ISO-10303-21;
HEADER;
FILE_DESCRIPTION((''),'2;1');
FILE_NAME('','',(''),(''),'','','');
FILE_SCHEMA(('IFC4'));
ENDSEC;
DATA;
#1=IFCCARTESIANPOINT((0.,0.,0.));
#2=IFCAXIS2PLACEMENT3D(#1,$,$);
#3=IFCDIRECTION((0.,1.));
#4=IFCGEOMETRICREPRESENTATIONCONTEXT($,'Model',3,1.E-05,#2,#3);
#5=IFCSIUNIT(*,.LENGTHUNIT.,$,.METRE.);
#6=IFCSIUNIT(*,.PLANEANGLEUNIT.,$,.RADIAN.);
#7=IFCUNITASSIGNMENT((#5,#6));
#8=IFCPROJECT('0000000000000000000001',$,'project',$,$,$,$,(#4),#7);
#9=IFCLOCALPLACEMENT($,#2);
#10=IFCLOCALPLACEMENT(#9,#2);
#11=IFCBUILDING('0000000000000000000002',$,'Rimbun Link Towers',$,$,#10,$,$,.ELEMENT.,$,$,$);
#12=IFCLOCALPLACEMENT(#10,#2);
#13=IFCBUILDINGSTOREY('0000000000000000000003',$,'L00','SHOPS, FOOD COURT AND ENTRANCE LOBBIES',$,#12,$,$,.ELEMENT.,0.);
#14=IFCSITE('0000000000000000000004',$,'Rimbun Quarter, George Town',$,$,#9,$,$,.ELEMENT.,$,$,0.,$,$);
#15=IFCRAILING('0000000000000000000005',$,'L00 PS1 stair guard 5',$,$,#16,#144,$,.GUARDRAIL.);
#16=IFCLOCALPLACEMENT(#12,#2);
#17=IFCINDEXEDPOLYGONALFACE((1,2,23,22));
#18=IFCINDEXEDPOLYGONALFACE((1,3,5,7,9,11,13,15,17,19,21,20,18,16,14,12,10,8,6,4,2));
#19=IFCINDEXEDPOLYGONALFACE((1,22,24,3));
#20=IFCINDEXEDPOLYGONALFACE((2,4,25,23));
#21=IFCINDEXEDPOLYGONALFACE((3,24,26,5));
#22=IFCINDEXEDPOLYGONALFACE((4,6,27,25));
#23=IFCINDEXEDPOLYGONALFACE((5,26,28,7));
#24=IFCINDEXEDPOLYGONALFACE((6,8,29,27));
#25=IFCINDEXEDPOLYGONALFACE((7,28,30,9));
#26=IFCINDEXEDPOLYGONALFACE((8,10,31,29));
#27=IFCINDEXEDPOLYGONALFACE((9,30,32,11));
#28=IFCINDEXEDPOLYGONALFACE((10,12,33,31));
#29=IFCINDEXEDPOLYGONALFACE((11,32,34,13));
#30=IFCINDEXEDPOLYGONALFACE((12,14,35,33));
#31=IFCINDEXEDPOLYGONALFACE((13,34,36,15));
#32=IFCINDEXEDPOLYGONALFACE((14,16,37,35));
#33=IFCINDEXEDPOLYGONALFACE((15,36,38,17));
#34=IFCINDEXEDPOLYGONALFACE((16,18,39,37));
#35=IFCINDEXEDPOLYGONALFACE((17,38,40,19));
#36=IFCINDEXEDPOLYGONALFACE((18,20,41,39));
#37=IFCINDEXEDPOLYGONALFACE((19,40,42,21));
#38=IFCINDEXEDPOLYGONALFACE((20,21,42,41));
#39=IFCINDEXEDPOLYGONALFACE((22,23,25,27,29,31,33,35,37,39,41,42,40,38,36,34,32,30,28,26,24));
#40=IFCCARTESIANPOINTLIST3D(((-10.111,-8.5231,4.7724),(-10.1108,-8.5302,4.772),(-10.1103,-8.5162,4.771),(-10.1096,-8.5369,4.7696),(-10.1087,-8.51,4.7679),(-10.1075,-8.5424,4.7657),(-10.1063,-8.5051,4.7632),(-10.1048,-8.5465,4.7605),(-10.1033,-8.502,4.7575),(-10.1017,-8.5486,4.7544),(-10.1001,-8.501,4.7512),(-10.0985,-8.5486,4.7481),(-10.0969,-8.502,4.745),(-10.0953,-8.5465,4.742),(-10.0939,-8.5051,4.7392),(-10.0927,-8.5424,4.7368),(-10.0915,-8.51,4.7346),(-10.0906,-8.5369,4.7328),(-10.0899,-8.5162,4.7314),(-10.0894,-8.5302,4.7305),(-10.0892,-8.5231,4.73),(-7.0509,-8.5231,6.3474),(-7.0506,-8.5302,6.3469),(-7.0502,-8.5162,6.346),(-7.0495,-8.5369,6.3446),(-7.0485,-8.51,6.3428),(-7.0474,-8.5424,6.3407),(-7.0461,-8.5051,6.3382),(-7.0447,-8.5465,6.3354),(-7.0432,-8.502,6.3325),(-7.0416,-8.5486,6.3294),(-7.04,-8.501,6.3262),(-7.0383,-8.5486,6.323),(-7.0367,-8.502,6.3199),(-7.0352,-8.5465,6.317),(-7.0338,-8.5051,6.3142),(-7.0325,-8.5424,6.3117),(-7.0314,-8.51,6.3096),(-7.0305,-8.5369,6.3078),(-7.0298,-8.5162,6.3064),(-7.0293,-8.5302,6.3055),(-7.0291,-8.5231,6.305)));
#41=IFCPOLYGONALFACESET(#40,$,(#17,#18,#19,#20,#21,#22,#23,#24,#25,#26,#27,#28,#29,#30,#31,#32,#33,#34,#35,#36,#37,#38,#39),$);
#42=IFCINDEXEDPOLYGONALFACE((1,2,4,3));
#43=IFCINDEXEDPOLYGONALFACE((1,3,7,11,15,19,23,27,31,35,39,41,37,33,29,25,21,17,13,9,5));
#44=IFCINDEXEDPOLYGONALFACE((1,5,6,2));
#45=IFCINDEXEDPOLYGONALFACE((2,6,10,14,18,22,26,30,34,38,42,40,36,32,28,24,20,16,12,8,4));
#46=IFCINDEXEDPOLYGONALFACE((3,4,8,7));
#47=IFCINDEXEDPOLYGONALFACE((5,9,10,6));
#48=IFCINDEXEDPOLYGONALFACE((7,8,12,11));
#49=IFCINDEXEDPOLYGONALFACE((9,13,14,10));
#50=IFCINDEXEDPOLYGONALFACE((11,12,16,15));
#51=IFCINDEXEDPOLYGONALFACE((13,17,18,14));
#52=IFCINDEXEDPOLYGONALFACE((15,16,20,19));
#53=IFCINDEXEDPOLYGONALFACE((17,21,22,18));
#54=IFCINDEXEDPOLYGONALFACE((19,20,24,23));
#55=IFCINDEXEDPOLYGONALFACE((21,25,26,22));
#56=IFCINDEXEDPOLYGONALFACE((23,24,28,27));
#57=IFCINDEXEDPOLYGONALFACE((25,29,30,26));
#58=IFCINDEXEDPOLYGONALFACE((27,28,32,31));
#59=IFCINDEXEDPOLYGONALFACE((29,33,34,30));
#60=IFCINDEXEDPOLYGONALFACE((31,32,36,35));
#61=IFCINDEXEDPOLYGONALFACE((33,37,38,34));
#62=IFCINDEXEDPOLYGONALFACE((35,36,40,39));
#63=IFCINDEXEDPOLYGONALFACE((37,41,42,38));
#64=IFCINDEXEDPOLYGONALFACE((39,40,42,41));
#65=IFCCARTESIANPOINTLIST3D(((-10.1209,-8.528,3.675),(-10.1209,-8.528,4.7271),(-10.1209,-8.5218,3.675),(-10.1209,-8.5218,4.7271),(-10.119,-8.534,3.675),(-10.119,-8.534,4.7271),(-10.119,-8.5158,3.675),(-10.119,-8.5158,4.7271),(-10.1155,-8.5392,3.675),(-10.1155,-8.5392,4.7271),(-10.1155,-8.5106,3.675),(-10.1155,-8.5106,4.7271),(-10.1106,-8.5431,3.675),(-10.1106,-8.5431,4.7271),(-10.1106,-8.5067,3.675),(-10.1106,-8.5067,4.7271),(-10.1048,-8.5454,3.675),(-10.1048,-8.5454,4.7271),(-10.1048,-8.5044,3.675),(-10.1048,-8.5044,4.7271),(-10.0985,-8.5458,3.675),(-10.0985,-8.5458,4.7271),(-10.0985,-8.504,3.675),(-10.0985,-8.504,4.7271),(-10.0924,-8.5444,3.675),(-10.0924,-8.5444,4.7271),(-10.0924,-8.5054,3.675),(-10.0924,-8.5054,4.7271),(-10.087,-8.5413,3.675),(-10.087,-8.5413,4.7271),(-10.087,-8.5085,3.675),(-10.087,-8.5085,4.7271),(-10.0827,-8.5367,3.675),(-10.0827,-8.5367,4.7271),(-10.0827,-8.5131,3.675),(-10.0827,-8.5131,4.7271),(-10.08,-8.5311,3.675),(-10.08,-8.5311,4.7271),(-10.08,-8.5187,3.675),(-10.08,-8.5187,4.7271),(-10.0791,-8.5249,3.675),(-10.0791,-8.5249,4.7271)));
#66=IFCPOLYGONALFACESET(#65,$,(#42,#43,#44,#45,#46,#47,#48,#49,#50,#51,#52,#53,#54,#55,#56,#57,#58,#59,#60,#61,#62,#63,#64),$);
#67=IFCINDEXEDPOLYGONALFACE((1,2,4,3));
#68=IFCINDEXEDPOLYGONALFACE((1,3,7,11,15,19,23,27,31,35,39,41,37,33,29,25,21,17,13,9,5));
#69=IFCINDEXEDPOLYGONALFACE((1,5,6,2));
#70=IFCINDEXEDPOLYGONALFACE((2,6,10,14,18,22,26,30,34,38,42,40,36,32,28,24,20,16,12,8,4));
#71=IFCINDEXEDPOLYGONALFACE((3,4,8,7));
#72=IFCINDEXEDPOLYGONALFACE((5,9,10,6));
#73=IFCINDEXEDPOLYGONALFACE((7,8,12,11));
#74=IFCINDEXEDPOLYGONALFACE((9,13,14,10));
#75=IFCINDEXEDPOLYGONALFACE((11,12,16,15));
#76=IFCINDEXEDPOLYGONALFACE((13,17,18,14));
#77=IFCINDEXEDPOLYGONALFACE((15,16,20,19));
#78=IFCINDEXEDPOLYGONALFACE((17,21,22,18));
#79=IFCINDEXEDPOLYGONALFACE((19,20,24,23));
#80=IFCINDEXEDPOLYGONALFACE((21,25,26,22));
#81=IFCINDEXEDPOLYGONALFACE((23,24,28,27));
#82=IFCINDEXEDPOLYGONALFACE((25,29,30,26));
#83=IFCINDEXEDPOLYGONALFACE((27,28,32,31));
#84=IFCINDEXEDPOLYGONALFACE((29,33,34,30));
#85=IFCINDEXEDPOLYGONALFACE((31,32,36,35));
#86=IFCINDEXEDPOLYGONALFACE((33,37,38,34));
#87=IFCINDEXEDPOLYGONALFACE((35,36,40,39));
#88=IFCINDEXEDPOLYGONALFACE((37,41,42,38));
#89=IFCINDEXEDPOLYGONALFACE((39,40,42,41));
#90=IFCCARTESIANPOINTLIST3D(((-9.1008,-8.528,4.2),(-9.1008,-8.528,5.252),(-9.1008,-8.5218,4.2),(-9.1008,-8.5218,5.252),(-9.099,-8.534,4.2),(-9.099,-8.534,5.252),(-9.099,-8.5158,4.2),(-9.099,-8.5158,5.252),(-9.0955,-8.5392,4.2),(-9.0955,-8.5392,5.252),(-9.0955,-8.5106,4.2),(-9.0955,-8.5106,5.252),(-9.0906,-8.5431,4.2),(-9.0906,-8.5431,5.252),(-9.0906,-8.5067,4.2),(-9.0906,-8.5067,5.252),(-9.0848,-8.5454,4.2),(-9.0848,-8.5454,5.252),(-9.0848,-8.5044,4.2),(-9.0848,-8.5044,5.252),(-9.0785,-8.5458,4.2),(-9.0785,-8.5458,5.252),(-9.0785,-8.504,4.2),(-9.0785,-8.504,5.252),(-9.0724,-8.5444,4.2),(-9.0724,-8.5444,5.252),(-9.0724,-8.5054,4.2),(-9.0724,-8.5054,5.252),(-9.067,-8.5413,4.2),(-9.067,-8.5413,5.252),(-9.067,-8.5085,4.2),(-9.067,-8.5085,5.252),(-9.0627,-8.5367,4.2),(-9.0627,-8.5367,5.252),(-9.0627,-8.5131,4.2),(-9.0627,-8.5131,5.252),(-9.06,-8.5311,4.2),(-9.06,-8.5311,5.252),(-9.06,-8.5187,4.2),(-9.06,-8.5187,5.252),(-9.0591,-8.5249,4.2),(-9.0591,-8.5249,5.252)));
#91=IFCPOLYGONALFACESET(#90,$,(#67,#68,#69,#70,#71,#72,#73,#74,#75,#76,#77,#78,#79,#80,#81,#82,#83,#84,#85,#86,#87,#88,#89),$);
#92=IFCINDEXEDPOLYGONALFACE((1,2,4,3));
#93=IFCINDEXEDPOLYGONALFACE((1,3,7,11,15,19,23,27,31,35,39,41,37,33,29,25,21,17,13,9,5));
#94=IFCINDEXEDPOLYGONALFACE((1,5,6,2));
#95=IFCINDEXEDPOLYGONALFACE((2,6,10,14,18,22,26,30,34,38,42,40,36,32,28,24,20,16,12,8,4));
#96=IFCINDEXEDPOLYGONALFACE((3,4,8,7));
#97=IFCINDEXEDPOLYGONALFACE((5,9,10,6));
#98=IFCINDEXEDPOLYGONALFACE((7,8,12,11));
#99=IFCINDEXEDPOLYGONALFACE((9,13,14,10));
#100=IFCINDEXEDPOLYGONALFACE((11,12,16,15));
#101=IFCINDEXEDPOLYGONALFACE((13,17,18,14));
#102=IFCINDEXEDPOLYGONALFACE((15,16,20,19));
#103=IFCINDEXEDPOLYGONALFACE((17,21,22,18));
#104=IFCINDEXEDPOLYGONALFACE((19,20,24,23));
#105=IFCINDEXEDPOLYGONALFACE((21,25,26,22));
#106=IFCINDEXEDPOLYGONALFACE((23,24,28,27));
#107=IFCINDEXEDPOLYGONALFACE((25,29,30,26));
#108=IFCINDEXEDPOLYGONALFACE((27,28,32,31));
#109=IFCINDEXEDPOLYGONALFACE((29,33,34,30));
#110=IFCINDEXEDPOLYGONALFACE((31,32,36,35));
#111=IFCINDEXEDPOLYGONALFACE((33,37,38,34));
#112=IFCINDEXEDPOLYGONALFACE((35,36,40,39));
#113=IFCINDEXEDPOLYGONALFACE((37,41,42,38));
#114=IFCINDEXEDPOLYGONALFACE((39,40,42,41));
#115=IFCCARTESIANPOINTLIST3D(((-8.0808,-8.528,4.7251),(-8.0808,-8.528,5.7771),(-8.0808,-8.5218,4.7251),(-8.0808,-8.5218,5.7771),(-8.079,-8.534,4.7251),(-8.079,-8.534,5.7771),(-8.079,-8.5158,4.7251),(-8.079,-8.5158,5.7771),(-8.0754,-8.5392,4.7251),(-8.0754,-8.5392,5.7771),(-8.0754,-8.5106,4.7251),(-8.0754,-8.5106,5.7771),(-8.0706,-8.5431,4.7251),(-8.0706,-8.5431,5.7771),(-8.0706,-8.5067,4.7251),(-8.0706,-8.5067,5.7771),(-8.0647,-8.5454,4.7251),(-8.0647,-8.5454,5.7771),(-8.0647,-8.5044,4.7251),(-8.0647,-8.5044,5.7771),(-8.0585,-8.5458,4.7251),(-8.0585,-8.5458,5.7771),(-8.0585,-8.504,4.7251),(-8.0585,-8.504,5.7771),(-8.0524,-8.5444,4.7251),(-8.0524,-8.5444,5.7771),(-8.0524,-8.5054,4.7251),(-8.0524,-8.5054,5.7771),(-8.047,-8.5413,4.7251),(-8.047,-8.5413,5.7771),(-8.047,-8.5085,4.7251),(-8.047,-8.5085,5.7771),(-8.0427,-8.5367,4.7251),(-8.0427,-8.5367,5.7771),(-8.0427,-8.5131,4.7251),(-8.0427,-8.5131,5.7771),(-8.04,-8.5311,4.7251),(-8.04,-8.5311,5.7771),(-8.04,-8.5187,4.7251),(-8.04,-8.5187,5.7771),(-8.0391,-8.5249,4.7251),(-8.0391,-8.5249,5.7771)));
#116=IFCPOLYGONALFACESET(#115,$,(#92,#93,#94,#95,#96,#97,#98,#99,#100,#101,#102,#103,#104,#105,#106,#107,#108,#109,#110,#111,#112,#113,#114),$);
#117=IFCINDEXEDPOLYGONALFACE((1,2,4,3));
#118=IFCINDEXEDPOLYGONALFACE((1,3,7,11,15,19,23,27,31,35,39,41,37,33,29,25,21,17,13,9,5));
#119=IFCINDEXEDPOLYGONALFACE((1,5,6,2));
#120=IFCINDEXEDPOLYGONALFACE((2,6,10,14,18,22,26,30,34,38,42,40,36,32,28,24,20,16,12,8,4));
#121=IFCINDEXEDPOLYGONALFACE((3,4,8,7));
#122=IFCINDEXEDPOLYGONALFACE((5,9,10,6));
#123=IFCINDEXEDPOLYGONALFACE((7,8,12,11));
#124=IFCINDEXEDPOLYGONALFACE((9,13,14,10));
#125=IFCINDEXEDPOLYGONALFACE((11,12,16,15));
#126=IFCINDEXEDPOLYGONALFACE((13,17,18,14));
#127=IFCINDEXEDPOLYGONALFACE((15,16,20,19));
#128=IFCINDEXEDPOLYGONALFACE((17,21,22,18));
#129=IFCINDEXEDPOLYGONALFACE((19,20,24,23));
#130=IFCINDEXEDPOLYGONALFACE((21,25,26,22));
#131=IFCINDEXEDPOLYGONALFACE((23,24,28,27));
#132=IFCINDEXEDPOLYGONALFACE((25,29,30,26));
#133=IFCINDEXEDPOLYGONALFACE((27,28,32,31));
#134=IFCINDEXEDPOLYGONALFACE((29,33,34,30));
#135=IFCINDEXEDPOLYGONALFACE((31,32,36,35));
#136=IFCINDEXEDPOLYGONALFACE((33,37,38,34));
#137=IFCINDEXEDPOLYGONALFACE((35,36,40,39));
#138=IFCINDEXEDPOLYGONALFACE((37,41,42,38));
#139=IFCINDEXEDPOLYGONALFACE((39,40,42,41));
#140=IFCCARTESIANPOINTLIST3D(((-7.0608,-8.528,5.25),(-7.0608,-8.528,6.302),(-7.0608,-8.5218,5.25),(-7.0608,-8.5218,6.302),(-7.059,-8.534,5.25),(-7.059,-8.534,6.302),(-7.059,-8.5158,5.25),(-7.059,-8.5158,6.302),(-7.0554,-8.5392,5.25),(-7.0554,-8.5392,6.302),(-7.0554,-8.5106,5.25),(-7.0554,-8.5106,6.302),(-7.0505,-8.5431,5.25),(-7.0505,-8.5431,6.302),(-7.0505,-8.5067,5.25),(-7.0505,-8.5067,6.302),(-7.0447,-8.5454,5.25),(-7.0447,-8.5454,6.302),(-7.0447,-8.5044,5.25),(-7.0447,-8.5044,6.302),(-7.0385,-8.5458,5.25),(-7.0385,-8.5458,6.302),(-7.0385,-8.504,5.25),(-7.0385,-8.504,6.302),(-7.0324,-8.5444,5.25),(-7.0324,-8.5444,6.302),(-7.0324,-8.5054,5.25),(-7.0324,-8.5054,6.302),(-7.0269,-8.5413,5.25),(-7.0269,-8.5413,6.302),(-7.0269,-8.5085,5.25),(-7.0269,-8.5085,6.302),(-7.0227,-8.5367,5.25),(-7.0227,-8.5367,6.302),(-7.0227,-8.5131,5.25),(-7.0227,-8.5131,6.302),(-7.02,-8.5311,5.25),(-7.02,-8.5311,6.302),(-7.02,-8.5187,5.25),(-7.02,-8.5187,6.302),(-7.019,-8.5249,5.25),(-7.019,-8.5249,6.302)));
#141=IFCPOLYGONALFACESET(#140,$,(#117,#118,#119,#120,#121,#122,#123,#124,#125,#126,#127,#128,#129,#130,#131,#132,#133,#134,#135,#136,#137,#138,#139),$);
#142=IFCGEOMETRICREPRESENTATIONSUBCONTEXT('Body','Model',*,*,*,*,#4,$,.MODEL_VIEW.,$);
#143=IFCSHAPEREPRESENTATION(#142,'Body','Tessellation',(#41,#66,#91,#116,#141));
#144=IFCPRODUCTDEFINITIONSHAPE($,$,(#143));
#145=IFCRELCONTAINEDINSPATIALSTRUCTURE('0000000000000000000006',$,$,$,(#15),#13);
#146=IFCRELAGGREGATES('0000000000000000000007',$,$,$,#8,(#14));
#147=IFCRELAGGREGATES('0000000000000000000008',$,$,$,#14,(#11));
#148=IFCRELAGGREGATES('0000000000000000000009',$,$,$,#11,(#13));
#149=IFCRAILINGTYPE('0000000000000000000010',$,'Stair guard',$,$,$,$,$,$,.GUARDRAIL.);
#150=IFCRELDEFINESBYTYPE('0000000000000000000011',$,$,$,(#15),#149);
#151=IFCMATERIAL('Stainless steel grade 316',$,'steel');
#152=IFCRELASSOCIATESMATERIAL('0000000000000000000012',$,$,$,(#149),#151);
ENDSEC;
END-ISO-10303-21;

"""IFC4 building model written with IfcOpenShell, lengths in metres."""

from ifc_helpers import new_model, si_unit, direction, frame, origin, origin_2d, place, context, subcontext, project, spatial, circle, extrude, material, type_object, element, save


model = new_model("IFC4")

# Units and contexts
model_context = context("Model", 3, precision=1e-05, world=origin(), true_north=direction((0.0, 1.0)))
body_context = subcontext(model_context, "Body", "Model", "MODEL_VIEW")
ifc_project = project(units=[si_unit("LENGTHUNIT", "METRE"), si_unit("PLANEANGLEUNIT", "RADIAN")], contexts=[model_context])

# Site, building, storey
site_placement = place(None, origin())
site = spatial("IfcSite", under=ifc_project, at=site_placement, Name="Rimbun Quarter, George Town", CompositionType="ELEMENT", RefElevation=0.0)
building_placement = place(site_placement, origin())
building = spatial("IfcBuilding", under=site, at=building_placement, Name="Rimbun Link Towers", CompositionType="ELEMENT")
storey_placement = place(building_placement, origin())
storey = spatial("IfcBuildingStorey", under=building, at=storey_placement, Name="L00", Description="SHOPS, FOOD COURT AND ENTRANCE LOBBIES", CompositionType="ELEMENT", Elevation=0.0)

# Railing
ifc_material_1 = material(Name="Stainless steel grade 316", Category="steel")
railing_type_1 = type_object("IfcRailingType", Name="Stair guard", PredefinedType="GUARDRAIL", material=ifc_material_1)
railing_1_placement = place(storey_placement, frame((-10.1001, -8.5249, 3.675)))
element("IfcRailing", 1, at=railing_1_placement, inside=storey, type_object=railing_type_1, Name="L00 PS1 stair guard 5", PredefinedType="GUARDRAIL", context=body_context, shape_type="SweptSolid", body=[
    extrude(circle(Radius=0.0239, at=origin_2d()), frame((0.0, 0.0, 1.0762), z_axis=(0.889145, 0.0, 0.457625), x_axis=(0.0, 1.0, 0.0)), (0.0, 0.0, 1.0), 3.4417),
    extrude(circle(Radius=0.021, at=origin_2d()), origin(), (0.0, 0.0, 1.0), 1.052),
    extrude(circle(Radius=0.021, at=origin_2d()), frame((1.02, 0.0, 0.5249)), (0.0, 0.0, 1.0), 1.052),
    extrude(circle(Radius=0.021, at=origin_2d()), frame((2.04, 0.0, 1.05)), (0.0, 0.0, 1.0), 1.052),
    extrude(circle(Radius=0.021, at=origin_2d()), frame((3.0601, 0.0, 1.575)), (0.0, 0.0, 1.0), 1.052),
])

save(model, "model.ifc")
